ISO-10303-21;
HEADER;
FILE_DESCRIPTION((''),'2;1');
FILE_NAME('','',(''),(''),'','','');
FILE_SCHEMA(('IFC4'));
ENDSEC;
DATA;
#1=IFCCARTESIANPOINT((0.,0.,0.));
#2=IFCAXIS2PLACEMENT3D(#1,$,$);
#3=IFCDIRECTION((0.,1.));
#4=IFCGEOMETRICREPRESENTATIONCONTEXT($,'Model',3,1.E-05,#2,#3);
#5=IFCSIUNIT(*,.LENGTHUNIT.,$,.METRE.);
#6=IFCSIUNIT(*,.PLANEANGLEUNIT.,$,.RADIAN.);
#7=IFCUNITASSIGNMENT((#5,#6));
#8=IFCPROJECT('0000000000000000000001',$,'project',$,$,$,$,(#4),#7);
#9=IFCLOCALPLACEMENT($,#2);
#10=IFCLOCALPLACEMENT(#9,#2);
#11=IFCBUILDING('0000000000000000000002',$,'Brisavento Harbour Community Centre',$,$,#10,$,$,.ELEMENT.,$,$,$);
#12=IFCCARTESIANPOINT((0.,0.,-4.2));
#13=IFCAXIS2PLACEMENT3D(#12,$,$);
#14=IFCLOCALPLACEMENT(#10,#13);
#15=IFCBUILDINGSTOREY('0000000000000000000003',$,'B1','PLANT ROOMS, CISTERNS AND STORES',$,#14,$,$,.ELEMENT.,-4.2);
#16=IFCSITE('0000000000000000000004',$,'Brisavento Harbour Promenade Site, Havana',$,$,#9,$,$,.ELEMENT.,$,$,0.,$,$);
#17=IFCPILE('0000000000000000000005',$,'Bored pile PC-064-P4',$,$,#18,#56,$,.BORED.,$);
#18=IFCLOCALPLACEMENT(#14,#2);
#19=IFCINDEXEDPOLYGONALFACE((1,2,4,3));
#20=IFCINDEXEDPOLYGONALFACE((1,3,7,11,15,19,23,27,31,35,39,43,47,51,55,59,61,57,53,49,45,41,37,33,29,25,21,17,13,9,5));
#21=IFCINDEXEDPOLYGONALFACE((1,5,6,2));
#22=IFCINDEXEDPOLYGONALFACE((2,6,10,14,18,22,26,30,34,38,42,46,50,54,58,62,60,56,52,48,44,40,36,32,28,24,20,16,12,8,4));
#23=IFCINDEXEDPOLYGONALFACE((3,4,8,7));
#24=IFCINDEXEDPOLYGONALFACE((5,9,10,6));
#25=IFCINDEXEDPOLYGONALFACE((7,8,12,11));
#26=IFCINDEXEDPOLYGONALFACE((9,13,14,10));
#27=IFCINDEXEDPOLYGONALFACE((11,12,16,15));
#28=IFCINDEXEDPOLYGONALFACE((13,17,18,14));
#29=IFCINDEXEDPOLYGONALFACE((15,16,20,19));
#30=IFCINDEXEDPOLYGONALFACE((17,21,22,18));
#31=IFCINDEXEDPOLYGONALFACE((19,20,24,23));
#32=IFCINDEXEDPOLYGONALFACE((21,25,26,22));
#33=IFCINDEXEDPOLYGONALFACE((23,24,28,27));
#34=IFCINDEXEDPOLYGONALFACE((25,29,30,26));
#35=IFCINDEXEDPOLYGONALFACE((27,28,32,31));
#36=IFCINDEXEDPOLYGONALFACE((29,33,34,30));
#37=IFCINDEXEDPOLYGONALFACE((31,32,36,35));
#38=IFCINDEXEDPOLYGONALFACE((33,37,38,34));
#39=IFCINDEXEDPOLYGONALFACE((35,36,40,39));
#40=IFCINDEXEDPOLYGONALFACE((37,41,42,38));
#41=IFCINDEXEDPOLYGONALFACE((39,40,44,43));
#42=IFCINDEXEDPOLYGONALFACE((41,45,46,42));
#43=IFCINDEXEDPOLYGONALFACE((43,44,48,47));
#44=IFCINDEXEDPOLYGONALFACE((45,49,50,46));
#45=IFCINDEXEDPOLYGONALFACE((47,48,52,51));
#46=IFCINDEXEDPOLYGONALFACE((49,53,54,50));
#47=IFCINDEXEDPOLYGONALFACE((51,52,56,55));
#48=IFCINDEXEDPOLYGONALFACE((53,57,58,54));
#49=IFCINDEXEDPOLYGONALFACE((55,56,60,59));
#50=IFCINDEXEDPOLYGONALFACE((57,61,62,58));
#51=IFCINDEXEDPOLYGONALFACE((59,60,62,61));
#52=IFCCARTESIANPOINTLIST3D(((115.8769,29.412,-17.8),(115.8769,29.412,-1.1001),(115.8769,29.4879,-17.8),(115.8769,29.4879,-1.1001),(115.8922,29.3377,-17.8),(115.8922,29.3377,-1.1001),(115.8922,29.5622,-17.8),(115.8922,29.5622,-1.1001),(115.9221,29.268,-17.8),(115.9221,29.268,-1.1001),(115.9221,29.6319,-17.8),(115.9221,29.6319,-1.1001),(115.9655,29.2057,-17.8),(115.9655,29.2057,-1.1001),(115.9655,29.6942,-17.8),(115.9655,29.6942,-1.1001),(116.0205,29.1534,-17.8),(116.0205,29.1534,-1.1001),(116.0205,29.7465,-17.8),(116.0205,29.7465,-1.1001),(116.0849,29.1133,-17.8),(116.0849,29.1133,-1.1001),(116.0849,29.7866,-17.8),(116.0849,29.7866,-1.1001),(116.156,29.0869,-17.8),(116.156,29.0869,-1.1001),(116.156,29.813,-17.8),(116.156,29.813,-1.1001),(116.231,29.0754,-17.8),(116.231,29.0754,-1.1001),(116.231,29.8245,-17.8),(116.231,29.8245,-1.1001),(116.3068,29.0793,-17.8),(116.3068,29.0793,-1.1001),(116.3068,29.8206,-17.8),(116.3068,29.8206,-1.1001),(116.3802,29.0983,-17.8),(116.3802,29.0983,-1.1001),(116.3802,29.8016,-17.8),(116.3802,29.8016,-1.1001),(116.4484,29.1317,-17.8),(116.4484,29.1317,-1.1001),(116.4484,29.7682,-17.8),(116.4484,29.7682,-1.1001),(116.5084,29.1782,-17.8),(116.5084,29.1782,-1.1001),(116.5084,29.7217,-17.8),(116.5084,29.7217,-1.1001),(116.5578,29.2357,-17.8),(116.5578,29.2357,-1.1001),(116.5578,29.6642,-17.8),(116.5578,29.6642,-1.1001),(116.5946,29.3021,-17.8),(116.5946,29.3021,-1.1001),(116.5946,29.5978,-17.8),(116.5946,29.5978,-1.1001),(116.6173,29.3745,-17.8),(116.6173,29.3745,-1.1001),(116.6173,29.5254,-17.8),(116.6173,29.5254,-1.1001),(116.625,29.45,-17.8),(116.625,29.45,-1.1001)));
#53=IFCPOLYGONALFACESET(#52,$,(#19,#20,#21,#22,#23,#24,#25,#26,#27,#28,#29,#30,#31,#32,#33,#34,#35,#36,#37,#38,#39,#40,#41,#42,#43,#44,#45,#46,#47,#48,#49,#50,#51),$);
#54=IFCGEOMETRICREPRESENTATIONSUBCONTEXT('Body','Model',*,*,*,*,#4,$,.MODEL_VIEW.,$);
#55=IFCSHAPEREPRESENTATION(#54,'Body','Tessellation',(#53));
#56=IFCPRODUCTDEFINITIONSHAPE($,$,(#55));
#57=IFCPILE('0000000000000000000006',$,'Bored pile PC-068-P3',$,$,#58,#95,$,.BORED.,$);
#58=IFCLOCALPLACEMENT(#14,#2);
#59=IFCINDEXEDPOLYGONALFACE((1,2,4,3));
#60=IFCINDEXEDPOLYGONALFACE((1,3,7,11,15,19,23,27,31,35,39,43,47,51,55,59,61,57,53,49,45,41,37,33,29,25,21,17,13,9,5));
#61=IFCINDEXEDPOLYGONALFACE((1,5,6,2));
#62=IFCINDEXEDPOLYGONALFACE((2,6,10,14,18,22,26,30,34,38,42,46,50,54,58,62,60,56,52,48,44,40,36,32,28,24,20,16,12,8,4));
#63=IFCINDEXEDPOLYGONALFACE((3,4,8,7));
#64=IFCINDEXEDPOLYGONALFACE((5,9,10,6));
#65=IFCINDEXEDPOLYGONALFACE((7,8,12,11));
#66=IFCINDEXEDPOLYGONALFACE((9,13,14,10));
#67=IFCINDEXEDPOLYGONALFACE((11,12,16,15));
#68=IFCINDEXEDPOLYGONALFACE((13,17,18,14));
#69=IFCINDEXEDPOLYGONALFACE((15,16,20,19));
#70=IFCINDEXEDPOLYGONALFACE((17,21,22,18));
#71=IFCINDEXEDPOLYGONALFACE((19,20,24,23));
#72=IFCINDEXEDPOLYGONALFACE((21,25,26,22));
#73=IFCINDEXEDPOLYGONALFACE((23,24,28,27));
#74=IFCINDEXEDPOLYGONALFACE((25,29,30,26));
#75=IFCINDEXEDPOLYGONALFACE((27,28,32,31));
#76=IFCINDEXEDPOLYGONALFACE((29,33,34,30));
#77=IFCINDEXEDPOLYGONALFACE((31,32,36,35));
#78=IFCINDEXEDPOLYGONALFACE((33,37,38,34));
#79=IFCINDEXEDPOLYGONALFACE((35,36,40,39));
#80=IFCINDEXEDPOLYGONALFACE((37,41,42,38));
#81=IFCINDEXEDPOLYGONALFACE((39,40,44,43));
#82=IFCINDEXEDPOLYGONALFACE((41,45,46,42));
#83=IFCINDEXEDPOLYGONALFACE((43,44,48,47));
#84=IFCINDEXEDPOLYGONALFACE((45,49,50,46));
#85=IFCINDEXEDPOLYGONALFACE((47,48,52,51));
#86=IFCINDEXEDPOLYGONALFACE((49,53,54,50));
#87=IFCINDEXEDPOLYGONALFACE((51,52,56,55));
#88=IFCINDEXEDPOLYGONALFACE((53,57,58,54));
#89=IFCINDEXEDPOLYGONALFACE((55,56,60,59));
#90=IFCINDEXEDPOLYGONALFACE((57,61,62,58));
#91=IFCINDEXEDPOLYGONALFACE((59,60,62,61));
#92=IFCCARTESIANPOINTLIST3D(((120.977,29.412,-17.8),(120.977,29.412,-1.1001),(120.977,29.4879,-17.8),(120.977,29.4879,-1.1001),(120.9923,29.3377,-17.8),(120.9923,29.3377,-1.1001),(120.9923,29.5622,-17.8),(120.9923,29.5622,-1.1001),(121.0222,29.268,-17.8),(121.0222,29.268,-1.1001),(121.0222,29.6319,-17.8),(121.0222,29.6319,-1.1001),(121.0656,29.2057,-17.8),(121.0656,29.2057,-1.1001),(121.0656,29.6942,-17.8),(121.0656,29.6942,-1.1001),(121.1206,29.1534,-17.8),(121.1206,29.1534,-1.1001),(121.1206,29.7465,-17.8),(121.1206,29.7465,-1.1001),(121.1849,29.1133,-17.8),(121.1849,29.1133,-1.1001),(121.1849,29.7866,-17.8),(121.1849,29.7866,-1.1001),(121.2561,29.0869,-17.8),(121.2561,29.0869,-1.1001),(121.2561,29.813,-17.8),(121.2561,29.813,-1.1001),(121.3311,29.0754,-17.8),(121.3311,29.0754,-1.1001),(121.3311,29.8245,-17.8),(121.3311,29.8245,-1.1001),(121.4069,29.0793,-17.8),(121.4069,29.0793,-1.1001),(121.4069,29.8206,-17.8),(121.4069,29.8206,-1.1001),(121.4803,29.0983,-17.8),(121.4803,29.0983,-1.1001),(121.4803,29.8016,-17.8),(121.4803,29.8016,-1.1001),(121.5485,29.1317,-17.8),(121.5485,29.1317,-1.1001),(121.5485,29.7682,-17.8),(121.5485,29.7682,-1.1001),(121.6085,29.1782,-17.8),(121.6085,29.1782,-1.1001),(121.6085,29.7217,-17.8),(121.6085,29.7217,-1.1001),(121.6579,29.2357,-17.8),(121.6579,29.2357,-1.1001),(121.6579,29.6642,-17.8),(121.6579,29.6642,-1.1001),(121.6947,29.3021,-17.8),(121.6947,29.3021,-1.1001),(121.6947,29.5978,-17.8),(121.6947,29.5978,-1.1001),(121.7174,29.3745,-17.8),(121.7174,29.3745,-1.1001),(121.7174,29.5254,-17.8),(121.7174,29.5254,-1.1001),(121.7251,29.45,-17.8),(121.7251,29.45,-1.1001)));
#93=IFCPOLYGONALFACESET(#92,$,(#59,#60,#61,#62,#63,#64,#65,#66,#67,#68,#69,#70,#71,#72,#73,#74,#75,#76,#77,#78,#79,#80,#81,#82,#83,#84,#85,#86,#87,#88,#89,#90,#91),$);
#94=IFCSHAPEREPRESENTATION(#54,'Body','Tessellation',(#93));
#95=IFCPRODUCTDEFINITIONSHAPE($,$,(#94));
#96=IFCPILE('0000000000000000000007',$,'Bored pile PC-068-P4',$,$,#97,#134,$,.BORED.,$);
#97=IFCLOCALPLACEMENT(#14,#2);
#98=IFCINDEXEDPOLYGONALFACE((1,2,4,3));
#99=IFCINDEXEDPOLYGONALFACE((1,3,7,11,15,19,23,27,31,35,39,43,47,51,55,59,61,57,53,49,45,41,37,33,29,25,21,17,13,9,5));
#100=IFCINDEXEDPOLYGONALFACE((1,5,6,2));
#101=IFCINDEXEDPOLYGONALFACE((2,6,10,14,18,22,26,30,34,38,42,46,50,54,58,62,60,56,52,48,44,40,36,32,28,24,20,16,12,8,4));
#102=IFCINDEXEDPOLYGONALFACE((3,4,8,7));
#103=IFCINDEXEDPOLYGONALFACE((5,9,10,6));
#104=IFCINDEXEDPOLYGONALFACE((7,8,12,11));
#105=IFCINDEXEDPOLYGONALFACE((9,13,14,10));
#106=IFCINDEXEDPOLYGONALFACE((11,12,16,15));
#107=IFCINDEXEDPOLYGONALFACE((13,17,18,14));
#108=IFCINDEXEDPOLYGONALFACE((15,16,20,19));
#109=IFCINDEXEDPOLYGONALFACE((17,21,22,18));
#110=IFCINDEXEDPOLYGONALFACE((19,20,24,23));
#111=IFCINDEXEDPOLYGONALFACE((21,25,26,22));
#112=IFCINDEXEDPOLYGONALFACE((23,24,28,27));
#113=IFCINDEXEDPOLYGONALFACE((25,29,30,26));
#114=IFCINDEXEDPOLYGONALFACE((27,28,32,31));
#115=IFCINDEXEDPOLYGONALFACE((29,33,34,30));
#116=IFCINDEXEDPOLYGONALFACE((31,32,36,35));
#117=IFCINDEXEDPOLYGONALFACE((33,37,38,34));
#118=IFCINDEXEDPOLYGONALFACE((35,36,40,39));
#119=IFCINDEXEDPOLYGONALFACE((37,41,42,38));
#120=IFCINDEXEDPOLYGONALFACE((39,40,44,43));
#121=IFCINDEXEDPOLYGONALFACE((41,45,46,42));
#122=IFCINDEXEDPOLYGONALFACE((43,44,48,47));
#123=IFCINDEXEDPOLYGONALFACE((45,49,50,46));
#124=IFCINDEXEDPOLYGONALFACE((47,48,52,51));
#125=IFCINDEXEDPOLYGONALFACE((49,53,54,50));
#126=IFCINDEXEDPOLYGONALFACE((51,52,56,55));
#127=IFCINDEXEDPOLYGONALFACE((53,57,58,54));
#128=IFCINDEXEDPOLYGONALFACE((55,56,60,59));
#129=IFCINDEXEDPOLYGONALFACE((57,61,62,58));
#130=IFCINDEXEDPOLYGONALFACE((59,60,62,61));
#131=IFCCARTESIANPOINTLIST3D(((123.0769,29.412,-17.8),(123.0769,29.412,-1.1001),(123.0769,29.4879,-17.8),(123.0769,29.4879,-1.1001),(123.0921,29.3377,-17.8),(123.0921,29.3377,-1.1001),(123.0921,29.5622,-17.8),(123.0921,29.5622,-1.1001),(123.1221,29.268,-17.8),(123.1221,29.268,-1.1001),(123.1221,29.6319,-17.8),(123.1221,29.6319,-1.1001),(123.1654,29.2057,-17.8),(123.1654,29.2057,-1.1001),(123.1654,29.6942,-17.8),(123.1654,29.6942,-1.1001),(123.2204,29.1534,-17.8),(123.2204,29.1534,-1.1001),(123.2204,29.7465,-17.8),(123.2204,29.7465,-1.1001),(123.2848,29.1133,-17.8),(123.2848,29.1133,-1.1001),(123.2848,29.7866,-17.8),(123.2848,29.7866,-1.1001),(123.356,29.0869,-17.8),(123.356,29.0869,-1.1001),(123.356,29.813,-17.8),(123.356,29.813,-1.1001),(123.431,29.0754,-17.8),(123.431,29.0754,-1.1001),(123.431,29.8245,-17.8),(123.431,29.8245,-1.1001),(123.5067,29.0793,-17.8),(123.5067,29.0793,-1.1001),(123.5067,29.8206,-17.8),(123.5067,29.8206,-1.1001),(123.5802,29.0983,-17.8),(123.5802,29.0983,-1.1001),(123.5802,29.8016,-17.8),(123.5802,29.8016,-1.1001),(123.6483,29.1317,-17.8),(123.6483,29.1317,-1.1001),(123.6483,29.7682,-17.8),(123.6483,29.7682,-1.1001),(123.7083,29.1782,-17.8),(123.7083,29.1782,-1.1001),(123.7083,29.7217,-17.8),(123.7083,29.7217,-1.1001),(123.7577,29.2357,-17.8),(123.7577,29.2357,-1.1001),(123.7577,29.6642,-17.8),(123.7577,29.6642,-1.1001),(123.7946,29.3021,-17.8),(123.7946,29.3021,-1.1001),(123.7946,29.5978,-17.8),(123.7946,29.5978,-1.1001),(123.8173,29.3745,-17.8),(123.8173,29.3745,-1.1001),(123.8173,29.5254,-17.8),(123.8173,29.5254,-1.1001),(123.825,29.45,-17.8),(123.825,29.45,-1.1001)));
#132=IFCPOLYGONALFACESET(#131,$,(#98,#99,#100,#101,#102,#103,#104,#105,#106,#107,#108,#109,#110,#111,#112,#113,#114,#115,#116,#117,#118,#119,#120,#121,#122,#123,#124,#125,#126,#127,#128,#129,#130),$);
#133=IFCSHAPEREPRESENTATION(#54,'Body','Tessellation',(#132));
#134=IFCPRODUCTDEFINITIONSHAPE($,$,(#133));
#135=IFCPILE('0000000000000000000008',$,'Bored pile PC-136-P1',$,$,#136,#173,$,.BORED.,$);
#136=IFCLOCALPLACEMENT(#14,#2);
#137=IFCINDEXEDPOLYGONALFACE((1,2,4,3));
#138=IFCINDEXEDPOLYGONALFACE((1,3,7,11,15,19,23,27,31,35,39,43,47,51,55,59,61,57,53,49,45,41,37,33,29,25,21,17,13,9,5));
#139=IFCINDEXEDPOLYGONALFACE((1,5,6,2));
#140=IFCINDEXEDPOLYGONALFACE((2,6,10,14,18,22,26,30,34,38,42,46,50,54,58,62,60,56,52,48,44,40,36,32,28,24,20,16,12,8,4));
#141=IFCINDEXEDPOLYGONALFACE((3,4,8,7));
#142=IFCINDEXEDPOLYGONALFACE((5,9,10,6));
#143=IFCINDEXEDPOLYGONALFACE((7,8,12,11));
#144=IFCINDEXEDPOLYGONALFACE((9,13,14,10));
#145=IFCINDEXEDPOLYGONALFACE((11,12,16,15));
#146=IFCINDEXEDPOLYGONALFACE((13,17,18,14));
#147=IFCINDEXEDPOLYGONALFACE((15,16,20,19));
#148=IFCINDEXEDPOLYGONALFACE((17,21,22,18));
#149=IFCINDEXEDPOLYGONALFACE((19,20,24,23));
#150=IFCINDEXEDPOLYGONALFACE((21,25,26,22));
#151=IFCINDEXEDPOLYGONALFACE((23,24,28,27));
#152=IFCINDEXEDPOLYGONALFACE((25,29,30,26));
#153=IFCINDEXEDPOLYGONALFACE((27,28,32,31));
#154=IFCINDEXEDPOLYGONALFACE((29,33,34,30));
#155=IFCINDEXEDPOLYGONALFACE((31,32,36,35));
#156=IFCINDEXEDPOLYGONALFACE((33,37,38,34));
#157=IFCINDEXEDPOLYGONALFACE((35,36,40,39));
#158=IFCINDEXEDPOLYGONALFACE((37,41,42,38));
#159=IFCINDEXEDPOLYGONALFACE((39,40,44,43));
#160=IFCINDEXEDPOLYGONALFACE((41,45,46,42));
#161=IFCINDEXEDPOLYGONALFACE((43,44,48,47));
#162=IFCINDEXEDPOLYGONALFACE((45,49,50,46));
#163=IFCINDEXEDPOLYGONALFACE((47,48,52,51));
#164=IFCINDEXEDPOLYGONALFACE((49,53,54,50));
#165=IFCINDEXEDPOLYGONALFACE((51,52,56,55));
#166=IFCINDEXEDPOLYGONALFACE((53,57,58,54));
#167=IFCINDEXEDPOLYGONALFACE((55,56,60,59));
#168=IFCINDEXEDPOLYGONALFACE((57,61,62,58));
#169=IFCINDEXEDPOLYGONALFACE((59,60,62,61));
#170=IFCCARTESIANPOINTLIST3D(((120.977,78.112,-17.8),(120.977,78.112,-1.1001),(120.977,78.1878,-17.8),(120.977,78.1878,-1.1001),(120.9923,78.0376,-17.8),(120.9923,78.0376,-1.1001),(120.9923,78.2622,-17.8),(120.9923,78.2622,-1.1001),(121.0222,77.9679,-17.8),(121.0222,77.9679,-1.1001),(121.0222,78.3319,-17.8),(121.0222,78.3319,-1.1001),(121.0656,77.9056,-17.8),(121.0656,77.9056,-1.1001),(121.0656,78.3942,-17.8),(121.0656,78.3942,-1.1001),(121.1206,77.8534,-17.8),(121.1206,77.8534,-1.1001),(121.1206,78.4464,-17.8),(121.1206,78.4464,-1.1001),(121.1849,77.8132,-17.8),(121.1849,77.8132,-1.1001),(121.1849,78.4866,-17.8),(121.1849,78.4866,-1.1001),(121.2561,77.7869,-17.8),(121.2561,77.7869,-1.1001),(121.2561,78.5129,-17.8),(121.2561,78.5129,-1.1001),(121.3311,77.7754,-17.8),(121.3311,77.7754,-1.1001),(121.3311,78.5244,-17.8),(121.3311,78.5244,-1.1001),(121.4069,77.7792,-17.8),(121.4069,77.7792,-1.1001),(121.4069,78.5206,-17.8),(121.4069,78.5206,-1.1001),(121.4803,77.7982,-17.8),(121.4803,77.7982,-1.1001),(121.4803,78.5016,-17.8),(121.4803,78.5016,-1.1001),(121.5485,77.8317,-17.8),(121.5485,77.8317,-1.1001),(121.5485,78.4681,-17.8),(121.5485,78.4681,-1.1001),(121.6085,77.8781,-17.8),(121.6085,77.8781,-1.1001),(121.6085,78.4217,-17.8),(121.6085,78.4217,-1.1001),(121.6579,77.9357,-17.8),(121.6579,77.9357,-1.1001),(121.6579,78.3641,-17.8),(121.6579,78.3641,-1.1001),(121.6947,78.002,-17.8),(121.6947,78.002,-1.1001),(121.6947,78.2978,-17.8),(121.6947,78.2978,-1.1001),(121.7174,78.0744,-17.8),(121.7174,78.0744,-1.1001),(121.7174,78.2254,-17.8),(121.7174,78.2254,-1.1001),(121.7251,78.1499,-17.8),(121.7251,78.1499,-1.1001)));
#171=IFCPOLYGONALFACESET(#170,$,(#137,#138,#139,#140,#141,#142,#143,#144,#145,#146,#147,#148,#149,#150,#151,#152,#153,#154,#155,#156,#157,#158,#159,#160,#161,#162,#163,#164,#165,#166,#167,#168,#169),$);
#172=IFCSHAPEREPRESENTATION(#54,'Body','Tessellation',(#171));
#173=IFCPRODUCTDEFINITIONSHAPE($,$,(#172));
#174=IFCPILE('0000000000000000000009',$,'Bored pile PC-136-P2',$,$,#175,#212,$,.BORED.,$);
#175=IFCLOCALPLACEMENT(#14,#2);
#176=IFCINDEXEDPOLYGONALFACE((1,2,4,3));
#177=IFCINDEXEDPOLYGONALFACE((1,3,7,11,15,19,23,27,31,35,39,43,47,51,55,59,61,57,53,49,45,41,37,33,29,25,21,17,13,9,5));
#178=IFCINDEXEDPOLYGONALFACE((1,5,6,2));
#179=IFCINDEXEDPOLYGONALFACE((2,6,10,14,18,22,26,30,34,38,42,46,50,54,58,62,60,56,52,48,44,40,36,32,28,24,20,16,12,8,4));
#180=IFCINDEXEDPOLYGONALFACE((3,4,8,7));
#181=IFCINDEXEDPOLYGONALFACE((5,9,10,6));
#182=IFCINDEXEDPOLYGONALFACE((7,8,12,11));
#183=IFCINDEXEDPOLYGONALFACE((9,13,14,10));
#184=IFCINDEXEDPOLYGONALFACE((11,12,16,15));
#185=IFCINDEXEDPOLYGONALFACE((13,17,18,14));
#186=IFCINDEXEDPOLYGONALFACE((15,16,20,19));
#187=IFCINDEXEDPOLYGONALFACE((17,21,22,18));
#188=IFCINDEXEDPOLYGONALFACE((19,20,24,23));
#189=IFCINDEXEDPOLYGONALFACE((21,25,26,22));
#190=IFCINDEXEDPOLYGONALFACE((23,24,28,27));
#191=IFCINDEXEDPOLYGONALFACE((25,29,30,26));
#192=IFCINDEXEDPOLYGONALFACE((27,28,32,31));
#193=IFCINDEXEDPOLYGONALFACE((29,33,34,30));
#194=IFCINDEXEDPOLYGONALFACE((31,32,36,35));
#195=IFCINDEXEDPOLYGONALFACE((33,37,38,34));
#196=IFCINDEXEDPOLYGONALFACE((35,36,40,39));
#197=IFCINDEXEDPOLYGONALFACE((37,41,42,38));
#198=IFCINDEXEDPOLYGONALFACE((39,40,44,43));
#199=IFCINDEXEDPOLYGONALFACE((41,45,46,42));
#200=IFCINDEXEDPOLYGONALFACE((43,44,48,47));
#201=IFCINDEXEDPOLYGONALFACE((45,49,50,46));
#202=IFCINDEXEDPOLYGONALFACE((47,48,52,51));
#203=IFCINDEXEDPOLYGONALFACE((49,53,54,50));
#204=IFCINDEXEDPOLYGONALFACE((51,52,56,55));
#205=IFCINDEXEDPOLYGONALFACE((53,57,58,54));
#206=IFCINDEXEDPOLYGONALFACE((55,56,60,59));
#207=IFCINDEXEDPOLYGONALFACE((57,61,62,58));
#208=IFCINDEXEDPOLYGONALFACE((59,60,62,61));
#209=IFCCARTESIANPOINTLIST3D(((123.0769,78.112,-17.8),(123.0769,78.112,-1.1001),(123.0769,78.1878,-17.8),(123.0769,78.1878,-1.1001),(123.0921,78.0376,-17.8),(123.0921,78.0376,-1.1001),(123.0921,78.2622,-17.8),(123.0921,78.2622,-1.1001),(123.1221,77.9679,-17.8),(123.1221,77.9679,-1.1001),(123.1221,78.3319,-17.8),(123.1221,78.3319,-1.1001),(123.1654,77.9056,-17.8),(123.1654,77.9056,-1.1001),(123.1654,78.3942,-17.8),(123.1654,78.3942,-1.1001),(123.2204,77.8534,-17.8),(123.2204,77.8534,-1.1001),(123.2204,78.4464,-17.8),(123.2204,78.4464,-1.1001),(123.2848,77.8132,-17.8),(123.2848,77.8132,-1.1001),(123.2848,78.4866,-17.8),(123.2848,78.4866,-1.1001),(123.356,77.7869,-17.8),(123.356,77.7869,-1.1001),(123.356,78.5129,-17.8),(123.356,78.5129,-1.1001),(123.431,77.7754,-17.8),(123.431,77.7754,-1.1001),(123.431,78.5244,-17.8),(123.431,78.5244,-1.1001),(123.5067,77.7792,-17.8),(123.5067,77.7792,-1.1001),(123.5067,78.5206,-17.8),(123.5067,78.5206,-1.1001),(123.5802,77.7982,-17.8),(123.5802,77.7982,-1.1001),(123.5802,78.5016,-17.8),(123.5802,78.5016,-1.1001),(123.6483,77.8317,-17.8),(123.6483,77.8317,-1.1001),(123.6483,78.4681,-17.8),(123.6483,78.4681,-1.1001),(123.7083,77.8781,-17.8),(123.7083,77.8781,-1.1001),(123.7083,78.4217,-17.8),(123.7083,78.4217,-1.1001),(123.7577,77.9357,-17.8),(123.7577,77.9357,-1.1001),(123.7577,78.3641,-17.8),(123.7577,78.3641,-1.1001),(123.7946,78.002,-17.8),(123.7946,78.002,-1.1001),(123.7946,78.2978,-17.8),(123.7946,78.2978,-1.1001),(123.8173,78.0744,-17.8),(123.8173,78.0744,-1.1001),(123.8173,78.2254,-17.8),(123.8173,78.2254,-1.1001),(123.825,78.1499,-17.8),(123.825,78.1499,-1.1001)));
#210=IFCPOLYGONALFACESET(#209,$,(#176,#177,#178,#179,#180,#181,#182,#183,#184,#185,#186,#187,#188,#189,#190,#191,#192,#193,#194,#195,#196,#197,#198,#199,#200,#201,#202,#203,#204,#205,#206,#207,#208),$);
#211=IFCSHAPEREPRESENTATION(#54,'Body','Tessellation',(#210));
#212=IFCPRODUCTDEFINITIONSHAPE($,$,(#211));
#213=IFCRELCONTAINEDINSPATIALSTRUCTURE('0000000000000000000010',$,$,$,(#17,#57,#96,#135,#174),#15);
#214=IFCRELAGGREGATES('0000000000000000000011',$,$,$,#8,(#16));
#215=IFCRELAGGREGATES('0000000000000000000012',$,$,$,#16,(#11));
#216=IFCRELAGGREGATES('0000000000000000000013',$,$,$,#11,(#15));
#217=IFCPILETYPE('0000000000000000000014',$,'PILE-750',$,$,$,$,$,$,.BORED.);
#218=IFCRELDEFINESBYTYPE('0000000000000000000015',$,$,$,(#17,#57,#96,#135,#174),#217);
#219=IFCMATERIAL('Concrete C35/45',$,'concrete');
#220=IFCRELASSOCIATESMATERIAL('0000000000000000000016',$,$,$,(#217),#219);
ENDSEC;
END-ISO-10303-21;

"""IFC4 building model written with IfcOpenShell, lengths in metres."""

from ifc_helpers import new_model, si_unit, direction, frame, origin, origin_2d, place, context, subcontext, project, spatial, circle, extrude, material, material_profile, profile_set, type_object, element, save


model = new_model("IFC4")

# Units and contexts
model_context = context("Model", 3, precision=1e-05, world=origin(), true_north=direction((0.0, 1.0)))
body_context = subcontext(model_context, "Body", "Model", "MODEL_VIEW")
ifc_project = project(units=[si_unit("LENGTHUNIT", "METRE"), si_unit("PLANEANGLEUNIT", "RADIAN")], contexts=[model_context])

# Site, building, storey
site_placement = place(None, origin())
site = spatial("IfcSite", under=ifc_project, at=site_placement, Name="Brisavento Harbour Promenade Site, Havana", CompositionType="ELEMENT", RefElevation=0.0)
building_placement = place(site_placement, origin())
building = spatial("IfcBuilding", under=site, at=building_placement, Name="Brisavento Harbour Community Centre", CompositionType="ELEMENT")
storey_placement = place(building_placement, frame((0.0, 0.0, -4.2)))
storey = spatial("IfcBuildingStorey", under=building, at=storey_placement, Name="B1", Description="PLANT ROOMS, CISTERNS AND STORES", CompositionType="ELEMENT", Elevation=-4.2)

# Shared definitions
ifc_material_1 = material(Name="Concrete C35/45", Category="concrete")

# Piles
ifc_material_profile_1 = material_profile(ifc_material_1, circle(Radius=0.375, at=origin_2d()), Name="Concrete C35/45")
ifc_profile_set_1 = profile_set([ifc_material_profile_1], Name="Concrete C35/45")
pile_type = type_object("IfcPileType", Name="PILE-750", PredefinedType="BORED", material=ifc_profile_set_1)
for number, where, z_axis, x_axis, name in (
    (1, (116.25, 29.45, -1.1001), (0.0, 0.0, -1.0), (1.0, 0.0, 0.0), "Bored pile PC-064-P4"),
    (2, (121.3501, 29.45, -1.1001), (0.0, 0.0, -1.0), (1.0, 0.0, 0.0), "Bored pile PC-068-P3"),
    (3, (123.45, 29.45, -1.1001), (0.0, 0.0, -1.0), (1.0, 0.0, 0.0), "Bored pile PC-068-P4"),
    (4, (121.3501, 78.1499, -1.1001), (0.0, 0.0, -1.0), (1.0, 0.0, 0.0), "Bored pile PC-136-P1"),
    (5, (123.45, 78.1499, -1.1001), (0.0, 0.0, -1.0), (1.0, 0.0, 0.0), "Bored pile PC-136-P2"),
):
    element("IfcPile", number, at=place(storey_placement, frame(where, z_axis=z_axis, x_axis=x_axis)), inside=storey, type_object=pile_type, Name=name, PredefinedType="BORED", context=body_context, shape_type="SweptSolid", body=[
        extrude(circle(Radius=0.375, at=origin_2d()), origin(), (0.0, 0.0, 1.0), 16.7),
    ])

save(model, "model.ifc")
